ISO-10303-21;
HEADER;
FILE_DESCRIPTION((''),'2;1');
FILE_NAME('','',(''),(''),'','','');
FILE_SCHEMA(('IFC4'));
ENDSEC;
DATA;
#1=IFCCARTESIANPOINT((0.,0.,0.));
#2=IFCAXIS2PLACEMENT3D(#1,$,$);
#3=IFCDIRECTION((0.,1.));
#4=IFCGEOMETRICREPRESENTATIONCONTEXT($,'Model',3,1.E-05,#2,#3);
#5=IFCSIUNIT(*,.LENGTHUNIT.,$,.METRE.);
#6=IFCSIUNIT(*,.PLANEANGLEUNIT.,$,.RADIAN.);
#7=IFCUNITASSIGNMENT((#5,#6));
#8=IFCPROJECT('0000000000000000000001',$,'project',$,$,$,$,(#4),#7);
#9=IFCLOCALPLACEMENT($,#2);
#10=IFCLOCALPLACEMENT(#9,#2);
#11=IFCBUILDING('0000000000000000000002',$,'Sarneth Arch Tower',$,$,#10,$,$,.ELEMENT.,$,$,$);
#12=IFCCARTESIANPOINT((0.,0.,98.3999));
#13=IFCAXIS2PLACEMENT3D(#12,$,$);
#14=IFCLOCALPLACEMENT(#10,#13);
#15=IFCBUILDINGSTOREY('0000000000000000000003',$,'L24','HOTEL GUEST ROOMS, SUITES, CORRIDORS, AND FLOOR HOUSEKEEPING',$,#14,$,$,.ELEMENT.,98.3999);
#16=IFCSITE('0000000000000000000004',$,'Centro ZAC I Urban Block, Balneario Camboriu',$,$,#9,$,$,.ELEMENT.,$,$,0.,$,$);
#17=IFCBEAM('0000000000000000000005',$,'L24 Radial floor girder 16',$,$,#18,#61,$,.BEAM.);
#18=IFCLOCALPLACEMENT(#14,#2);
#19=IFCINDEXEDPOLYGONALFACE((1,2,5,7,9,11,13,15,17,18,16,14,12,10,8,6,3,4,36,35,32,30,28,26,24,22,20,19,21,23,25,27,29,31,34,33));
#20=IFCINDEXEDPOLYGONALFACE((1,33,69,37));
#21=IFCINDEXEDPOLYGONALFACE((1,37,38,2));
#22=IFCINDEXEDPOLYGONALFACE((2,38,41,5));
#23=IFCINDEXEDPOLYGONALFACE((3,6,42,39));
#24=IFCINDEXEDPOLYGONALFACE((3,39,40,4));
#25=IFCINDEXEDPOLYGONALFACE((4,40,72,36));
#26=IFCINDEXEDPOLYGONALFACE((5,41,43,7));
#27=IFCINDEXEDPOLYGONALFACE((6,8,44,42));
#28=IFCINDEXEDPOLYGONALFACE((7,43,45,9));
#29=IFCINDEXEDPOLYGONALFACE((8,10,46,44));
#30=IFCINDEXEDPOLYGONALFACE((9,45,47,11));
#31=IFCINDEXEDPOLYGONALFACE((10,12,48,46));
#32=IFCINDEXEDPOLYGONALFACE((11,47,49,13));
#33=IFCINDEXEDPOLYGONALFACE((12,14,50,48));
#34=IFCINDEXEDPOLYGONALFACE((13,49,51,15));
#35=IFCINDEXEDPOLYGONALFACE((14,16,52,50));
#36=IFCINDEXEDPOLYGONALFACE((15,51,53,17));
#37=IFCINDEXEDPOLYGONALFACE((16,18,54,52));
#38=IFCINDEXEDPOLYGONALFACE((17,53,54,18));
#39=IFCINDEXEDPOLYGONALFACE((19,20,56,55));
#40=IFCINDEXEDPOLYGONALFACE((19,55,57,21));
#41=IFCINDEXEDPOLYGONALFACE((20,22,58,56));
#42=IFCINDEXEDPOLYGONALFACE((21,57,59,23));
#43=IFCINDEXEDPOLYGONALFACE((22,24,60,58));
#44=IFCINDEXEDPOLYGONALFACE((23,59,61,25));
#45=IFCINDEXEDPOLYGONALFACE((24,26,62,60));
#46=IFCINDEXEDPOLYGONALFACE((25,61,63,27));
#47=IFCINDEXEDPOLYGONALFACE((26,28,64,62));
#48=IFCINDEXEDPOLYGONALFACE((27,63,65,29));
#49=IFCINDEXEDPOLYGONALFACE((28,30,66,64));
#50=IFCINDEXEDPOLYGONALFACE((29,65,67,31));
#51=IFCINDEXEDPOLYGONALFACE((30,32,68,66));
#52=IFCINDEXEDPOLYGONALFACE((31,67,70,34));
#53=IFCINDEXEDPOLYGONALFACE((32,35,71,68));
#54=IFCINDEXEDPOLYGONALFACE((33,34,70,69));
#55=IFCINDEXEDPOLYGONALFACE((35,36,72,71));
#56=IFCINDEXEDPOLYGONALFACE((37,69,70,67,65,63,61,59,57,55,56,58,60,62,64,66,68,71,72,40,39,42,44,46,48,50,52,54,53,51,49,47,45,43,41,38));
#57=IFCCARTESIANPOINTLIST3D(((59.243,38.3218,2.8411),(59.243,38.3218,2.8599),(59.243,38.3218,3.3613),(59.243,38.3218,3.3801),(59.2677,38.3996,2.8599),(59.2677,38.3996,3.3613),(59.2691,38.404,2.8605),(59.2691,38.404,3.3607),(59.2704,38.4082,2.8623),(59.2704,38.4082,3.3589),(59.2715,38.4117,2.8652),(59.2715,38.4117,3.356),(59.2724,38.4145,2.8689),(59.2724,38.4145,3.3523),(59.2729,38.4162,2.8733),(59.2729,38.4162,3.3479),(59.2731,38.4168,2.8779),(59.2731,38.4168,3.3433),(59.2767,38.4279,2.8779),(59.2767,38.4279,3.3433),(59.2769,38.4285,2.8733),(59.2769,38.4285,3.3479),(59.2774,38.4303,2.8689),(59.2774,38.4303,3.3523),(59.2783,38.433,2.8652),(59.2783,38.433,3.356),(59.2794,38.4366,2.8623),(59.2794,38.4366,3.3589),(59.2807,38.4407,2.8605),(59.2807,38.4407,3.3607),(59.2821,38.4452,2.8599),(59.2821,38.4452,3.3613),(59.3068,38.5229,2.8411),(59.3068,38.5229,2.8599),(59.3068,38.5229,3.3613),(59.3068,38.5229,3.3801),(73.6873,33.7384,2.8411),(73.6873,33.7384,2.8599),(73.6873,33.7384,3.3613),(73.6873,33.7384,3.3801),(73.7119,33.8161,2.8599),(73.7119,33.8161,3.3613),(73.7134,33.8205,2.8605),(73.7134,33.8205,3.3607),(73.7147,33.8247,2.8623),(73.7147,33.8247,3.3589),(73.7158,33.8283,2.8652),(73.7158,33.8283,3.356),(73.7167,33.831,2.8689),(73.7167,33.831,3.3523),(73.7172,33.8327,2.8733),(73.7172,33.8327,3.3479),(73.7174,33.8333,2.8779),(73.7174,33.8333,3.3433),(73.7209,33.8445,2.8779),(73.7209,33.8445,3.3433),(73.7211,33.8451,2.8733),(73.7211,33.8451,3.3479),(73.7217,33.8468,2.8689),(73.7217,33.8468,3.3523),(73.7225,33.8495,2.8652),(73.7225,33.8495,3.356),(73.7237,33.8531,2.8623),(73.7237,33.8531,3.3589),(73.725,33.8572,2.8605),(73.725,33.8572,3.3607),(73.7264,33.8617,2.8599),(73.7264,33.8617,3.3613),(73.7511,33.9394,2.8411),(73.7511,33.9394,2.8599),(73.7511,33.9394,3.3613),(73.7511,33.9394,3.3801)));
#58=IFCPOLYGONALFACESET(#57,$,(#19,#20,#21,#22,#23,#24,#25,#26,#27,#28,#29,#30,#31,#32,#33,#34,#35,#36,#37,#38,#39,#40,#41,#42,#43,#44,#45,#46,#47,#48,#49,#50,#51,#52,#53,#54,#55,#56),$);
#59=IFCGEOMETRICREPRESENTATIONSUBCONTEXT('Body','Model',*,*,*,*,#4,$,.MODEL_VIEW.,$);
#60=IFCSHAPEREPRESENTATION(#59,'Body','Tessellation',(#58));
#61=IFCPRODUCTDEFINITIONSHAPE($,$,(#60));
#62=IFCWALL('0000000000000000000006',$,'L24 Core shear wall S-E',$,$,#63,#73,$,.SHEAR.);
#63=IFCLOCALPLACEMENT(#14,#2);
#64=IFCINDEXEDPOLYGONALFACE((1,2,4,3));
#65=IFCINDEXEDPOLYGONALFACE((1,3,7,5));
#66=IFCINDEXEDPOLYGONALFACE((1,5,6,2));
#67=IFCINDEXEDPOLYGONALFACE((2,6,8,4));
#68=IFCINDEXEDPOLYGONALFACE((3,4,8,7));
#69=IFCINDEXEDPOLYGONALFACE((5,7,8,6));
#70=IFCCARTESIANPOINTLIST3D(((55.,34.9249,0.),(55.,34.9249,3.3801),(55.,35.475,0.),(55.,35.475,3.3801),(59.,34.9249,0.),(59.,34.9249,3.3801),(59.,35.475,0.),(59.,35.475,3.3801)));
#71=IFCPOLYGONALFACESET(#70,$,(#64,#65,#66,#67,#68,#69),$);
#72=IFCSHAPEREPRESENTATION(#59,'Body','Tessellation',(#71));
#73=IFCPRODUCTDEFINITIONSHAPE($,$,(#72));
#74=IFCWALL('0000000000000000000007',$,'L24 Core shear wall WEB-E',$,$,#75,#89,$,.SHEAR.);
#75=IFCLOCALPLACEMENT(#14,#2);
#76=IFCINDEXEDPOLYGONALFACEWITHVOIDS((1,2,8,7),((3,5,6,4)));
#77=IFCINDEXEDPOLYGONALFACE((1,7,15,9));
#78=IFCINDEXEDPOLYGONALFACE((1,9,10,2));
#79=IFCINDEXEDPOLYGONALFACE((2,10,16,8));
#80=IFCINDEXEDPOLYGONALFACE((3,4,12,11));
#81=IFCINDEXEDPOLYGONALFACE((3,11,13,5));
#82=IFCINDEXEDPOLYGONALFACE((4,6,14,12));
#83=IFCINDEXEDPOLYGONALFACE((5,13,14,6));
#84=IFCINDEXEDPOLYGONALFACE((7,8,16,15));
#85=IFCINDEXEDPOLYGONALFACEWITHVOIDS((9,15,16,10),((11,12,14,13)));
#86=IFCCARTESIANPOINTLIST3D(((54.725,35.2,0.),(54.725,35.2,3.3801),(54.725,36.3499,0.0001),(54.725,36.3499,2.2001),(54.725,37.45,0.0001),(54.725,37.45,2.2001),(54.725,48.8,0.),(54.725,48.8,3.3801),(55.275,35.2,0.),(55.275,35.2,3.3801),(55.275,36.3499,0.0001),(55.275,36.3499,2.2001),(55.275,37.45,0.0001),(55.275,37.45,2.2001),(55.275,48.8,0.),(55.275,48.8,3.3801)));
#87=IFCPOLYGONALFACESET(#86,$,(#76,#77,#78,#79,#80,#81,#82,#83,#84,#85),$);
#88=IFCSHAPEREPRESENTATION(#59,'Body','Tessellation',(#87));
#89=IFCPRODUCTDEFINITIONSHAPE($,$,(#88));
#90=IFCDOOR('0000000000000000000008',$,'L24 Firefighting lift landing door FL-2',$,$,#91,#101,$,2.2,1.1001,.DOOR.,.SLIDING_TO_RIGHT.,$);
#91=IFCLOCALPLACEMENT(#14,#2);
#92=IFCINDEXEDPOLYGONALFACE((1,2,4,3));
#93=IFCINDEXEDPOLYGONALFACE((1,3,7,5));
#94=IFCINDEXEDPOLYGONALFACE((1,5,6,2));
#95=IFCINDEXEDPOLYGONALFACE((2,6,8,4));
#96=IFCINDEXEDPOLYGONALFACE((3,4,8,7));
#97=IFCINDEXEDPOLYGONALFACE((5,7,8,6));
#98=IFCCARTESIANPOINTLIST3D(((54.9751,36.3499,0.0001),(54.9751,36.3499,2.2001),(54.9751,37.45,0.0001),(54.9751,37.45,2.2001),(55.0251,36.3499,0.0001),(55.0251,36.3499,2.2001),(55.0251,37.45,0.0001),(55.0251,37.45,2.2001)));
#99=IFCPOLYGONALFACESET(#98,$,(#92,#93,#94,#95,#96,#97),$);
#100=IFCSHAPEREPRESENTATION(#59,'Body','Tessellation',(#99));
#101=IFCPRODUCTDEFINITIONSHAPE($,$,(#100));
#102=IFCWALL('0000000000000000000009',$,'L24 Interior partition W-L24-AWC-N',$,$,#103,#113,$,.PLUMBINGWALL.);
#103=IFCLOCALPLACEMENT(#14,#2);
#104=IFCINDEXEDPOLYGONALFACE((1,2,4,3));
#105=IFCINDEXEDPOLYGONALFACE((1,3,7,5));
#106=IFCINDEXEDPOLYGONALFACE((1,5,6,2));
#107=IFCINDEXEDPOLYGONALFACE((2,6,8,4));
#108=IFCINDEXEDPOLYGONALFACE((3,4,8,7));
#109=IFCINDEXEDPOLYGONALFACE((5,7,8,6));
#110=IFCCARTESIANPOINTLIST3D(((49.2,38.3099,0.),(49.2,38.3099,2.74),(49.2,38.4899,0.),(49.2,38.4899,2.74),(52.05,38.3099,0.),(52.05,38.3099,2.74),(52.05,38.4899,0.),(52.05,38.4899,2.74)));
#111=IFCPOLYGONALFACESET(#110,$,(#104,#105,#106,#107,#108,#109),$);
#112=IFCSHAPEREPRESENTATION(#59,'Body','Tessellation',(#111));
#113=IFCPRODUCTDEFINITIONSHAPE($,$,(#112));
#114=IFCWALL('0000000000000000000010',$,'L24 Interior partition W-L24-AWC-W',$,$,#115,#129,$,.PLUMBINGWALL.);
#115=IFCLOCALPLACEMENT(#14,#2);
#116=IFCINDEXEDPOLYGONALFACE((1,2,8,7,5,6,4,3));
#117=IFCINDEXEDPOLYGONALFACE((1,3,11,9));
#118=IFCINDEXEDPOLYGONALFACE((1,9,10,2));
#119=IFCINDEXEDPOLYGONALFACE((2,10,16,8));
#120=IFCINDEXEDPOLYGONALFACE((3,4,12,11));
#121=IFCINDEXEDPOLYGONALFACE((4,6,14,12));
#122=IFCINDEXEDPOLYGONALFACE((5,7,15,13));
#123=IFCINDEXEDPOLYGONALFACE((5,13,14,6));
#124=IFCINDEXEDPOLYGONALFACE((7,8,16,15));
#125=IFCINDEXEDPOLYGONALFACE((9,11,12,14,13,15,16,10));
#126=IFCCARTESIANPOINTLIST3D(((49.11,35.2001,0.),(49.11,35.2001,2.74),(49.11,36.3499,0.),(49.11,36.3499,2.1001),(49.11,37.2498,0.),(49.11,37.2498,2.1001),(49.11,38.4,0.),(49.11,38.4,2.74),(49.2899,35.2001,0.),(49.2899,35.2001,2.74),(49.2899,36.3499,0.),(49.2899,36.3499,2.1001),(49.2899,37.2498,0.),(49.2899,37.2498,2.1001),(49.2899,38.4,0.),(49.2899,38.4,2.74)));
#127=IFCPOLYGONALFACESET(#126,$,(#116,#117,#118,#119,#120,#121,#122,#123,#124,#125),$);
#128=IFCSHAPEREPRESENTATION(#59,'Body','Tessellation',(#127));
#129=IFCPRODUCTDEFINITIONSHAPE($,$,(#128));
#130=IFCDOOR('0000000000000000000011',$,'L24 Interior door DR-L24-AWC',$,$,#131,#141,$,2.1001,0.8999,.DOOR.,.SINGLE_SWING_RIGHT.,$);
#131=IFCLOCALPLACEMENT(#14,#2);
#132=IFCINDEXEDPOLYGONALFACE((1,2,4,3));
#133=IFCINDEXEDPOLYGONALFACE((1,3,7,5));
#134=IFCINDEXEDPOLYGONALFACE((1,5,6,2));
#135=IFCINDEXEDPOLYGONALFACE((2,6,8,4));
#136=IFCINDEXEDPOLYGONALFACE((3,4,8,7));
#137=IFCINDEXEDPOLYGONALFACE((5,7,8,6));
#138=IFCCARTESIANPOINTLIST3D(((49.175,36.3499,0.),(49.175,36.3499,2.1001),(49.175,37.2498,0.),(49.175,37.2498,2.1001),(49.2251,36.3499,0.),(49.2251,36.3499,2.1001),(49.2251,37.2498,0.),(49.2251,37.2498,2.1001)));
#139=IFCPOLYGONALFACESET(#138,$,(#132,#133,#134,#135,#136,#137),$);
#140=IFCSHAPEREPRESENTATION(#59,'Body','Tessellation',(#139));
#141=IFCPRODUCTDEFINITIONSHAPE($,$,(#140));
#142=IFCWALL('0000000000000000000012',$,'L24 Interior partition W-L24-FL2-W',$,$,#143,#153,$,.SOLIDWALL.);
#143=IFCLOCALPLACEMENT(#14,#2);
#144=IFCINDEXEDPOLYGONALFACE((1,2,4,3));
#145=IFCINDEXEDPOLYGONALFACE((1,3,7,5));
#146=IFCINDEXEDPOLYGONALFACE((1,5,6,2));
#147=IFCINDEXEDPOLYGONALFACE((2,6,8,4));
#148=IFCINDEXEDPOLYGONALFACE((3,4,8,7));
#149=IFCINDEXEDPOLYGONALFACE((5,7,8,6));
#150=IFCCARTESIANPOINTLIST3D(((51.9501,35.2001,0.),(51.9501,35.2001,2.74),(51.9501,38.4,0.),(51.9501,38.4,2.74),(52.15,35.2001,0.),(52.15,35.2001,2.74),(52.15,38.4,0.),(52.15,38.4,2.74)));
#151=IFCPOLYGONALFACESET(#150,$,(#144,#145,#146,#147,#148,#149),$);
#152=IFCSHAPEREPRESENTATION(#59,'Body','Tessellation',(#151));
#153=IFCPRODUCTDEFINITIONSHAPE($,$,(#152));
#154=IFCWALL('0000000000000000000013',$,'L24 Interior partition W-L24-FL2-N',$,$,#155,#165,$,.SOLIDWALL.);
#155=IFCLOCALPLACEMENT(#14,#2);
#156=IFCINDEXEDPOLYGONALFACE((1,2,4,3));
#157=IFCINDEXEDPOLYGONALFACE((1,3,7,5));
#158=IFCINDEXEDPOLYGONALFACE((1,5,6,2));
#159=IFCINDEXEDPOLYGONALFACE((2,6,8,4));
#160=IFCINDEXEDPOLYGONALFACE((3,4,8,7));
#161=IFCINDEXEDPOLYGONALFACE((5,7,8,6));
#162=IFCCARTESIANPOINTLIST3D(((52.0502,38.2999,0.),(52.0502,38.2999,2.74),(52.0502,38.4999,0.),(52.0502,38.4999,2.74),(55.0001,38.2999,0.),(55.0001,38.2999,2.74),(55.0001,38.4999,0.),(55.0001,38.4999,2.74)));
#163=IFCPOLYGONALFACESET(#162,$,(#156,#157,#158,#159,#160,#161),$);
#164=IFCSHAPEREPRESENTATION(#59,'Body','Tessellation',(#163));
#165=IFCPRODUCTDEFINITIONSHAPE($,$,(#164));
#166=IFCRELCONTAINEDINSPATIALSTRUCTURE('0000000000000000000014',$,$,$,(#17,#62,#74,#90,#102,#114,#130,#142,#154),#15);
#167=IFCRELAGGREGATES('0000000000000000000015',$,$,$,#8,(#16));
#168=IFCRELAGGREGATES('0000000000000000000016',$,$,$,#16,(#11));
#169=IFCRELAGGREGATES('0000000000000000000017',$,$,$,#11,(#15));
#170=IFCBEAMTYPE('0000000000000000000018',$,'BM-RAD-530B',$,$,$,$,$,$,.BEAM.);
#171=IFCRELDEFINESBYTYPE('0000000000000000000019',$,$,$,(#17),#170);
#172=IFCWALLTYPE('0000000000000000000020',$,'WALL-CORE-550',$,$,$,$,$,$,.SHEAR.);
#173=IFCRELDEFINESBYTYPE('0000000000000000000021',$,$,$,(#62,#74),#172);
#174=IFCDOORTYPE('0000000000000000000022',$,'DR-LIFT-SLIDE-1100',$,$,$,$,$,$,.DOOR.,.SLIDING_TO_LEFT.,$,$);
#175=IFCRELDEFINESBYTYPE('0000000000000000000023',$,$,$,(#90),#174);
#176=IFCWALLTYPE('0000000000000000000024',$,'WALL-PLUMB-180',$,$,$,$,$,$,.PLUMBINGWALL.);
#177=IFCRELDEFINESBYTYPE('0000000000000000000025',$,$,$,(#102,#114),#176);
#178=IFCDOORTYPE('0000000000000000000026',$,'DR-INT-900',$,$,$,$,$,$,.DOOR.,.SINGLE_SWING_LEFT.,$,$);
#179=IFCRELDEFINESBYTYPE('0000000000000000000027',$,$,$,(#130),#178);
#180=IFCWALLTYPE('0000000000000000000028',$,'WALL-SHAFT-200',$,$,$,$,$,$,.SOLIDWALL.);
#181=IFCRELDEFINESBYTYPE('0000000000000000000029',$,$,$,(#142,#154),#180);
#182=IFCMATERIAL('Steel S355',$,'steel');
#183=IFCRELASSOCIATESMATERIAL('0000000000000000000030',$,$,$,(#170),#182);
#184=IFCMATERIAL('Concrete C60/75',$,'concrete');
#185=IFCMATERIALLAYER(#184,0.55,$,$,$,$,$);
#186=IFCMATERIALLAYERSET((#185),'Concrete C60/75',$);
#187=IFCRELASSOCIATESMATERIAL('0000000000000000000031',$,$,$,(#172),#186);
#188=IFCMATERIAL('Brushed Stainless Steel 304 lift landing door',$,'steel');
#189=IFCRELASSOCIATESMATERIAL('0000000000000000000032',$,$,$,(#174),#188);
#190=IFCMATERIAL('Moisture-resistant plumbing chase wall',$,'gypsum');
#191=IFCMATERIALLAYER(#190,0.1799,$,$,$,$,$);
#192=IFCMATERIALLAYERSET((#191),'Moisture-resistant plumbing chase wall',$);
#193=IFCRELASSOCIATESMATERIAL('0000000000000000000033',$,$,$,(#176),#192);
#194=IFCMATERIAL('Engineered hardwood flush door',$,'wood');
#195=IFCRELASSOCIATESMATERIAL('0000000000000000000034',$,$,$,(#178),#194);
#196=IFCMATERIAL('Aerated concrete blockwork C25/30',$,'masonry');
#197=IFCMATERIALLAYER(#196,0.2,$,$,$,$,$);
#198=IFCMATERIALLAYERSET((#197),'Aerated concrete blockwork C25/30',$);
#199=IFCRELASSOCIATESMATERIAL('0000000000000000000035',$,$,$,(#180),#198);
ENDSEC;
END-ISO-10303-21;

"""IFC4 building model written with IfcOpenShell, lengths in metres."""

from ifc_helpers import new_model, si_unit, direction, frame, frame_2d, origin, origin_2d, place, context, subcontext, project, spatial, rectangle, i_section, extrude, material, layer, layer_set, material_profile, profile_set, type_object, element, fill, save


model = new_model("IFC4")

# Units and contexts
model_context = context("Model", 3, precision=1e-05, world=origin(), true_north=direction((0.0, 1.0)))
body_context = subcontext(model_context, "Body", "Model", "MODEL_VIEW")
ifc_project = project(units=[si_unit("LENGTHUNIT", "METRE"), si_unit("PLANEANGLEUNIT", "RADIAN")], contexts=[model_context])

# Site, building, storey
site_placement = place(None, origin())
site = spatial("IfcSite", under=ifc_project, at=site_placement, Name="Centro ZAC I Urban Block, Balneario Camboriu", CompositionType="ELEMENT", RefElevation=0.0)
building_placement = place(site_placement, origin())
building = spatial("IfcBuilding", under=site, at=building_placement, Name="Sarneth Arch Tower", CompositionType="ELEMENT")
storey_placement = place(building_placement, frame((0.0, 0.0, 98.3999)))
storey = spatial("IfcBuildingStorey", under=building, at=storey_placement, Name="L24", Description="HOTEL GUEST ROOMS, SUITES, CORRIDORS, AND FLOOR HOUSEKEEPING", CompositionType="ELEMENT", Elevation=98.3999)

# Beam
ifc_material_1 = material(Name="Steel S355", Category="steel")
ifc_material_profile_1 = material_profile(ifc_material_1, i_section(OverallWidth=0.2109, OverallDepth=0.5391, WebThickness=0.0117, FlangeThickness=0.0188, FilletRadius=0.0181, at=origin_2d()), Name="W530x109")
ifc_profile_set_1 = profile_set([ifc_material_profile_1], Name="Steel S355")
beam_type_1 = type_object("IfcBeamType", Name="BM-RAD-530B", PredefinedType="BEAM", material=ifc_profile_set_1)
beam_1_placement = place(storey_placement, frame((59.2749, 38.4224, 3.1106), z_axis=(0.953162, -0.302459, 0.0), x_axis=(0.302459, 0.953162, 0.0)))
element("IfcBeam", 1, at=beam_1_placement, inside=storey, type_object=beam_type_1, Name="L24 Radial floor girder 16", PredefinedType="BEAM", context=body_context, shape_type="SweptSolid", body=[
    extrude(i_section(OverallWidth=0.2109, OverallDepth=0.5391, WebThickness=0.0117, FlangeThickness=0.0188, FilletRadius=0.0181, at=origin_2d()), origin(), (0.0, 0.0, 1.0), 15.1541),
])

# Wall
ifc_material_2 = material(Name="Concrete C60/75", Category="concrete")
ifc_layer_1 = layer(ifc_material_2, 0.55)
ifc_layer_set_1 = layer_set([ifc_layer_1], Name="Concrete C60/75")
wall_type_1 = type_object("IfcWallType", Name="WALL-CORE-550", PredefinedType="SHEAR", material=ifc_layer_set_1)
wall_1_placement = place(storey_placement, frame((55.0, 35.2, 0.0), z_axis=(0.0, 0.0, 1.0), x_axis=(1.0, 0.0, 0.0)))
element("IfcWall", 2, at=wall_1_placement, inside=storey, type_object=wall_type_1, Name="L24 Core shear wall S-E", PredefinedType="SHEAR", context=body_context, shape_type="SweptSolid", body=[
    extrude(rectangle(XDim=4.0, YDim=0.55, at=frame_2d((2.0, 0.0))), origin(), (0.0, 0.0, 1.0), 3.3801),
])

# Wall, opening, door
wall_2_placement = place(storey_placement, frame((55.0, 35.2, 0.0), z_axis=(0.0, 0.0, 1.0), x_axis=(0.0, 1.0, 0.0)))
wall_2 = element("IfcWall", 3, at=wall_2_placement, inside=storey, type_object=wall_type_1, Name="L24 Core shear wall WEB-E", PredefinedType="SHEAR", context=body_context, shape_type="SweptSolid", body=[
    extrude(rectangle(XDim=13.6001, YDim=0.55, at=frame_2d((6.8, 0.0))), origin(), (0.0, 0.0, 1.0), 3.3801),
])
opening_1_placement = place(wall_2_placement, frame((1.1499, 0.0, 0.0)))
opening_1 = element("IfcOpeningElement", 4, at=opening_1_placement, cuts=wall_2, PredefinedType="OPENING", context=body_context, shape_type="SweptSolid", body=[
    extrude(rectangle(XDim=1.1001, YDim=2.2, at=frame_2d((0.55, 1.1001))), frame((0.0, 0.2849, 0.0), z_axis=(0.0, -1.0, 0.0), x_axis=(1.0, 0.0, 0.0)), (0.0, 0.0, 1.0), 0.5701),
])
ifc_material_3 = material(Name="Brushed Stainless Steel 304 lift landing door", Category="steel")
door_type_1 = type_object("IfcDoorType", Name="DR-LIFT-SLIDE-1100", OperationType="SLIDING_TO_LEFT", PredefinedType="DOOR", material=ifc_material_3)
door_1_placement = place(opening_1_placement, origin())
door_1 = element("IfcDoor", 5, at=door_1_placement, inside=storey, type_object=door_type_1, Name="L24 Firefighting lift landing door FL-2", OperationType="SLIDING_TO_RIGHT", OverallHeight=2.2, OverallWidth=1.1001, PredefinedType="DOOR", context=body_context, shape_type="SweptSolid", body=[
    extrude(rectangle(XDim=1.1001, YDim=2.2, at=frame_2d((0.55, 1.1001))), frame((0.0, 0.0249, 0.0), z_axis=(0.0, -1.0, 0.0), x_axis=(1.0, 0.0, 0.0)), (0.0, 0.0, 1.0), 0.05),
])
fill(opening_1, door_1)

# Wall
ifc_material_4 = material(Name="Moisture-resistant plumbing chase wall", Category="gypsum")
ifc_layer_2 = layer(ifc_material_4, 0.1799)
ifc_layer_set_2 = layer_set([ifc_layer_2], Name="Moisture-resistant plumbing chase wall")
wall_type_2 = type_object("IfcWallType", Name="WALL-PLUMB-180", PredefinedType="PLUMBINGWALL", material=ifc_layer_set_2)
wall_3_placement = place(storey_placement, frame((49.2, 38.3999, 0.0), z_axis=(0.0, 0.0, 1.0), x_axis=(1.0, 0.0, 0.0)))
element("IfcWall", 6, at=wall_3_placement, inside=storey, type_object=wall_type_2, Name="L24 Interior partition W-L24-AWC-N", PredefinedType="PLUMBINGWALL", context=body_context, shape_type="SweptSolid", body=[
    extrude(rectangle(XDim=2.8501, YDim=0.1799, at=frame_2d((1.425, 0.0))), origin(), (0.0, 0.0, 1.0), 2.74),
])

# Wall, opening, door
wall_4_placement = place(storey_placement, frame((49.2, 35.2, 0.0), z_axis=(0.0, 0.0, 1.0), x_axis=(0.0, 1.0, 0.0)))
wall_4 = element("IfcWall", 7, at=wall_4_placement, inside=storey, type_object=wall_type_2, Name="L24 Interior partition W-L24-AWC-W", PredefinedType="PLUMBINGWALL", context=body_context, shape_type="SweptSolid", body=[
    extrude(rectangle(XDim=3.2, YDim=0.1799, at=frame_2d((1.6001, 0.0))), origin(), (0.0, 0.0, 1.0), 2.74),
])
opening_2_placement = place(wall_4_placement, frame((1.1499, 0.0, 0.0)))
opening_2 = element("IfcOpeningElement", 8, at=opening_2_placement, cuts=wall_4, PredefinedType="OPENING", context=body_context, shape_type="SweptSolid", body=[
    extrude(rectangle(XDim=0.8999, YDim=2.1001, at=frame_2d((0.45, 1.05))), frame((0.0, 0.0999, 0.0), z_axis=(0.0, -1.0, 0.0), x_axis=(1.0, 0.0, 0.0)), (0.0, 0.0, 1.0), 0.2),
])
ifc_material_5 = material(Name="Engineered hardwood flush door", Category="wood")
door_type_2 = type_object("IfcDoorType", Name="DR-INT-900", OperationType="SINGLE_SWING_LEFT", PredefinedType="DOOR", material=ifc_material_5)
door_2_placement = place(opening_2_placement, origin())
door_2 = element("IfcDoor", 9, at=door_2_placement, inside=storey, type_object=door_type_2, Name="L24 Interior door DR-L24-AWC", OperationType="SINGLE_SWING_RIGHT", OverallHeight=2.1001, OverallWidth=0.8999, PredefinedType="DOOR", context=body_context, shape_type="SweptSolid", body=[
    extrude(rectangle(XDim=0.8999, YDim=2.1001, at=frame_2d((0.45, 1.05))), frame((0.0, 0.0249, 0.0), z_axis=(0.0, -1.0, 0.0), x_axis=(1.0, 0.0, 0.0)), (0.0, 0.0, 1.0), 0.05),
])
fill(opening_2, door_2)
ifc_material_6 = material(Name="Aerated concrete blockwork C25/30", Category="masonry")
ifc_layer_3 = layer(ifc_material_6, 0.2)
ifc_layer_set_3 = layer_set([ifc_layer_3], Name="Aerated concrete blockwork C25/30")
wall_type_3 = type_object("IfcWallType", Name="WALL-SHAFT-200", PredefinedType="SOLIDWALL", material=ifc_layer_set_3)

# Walls
wall_5_placement = place(storey_placement, frame((52.05, 35.2, 0.0), z_axis=(0.0, 0.0, 1.0), x_axis=(0.0, 1.0, 0.0)))
element("IfcWall", 10, at=wall_5_placement, inside=storey, type_object=wall_type_3, Name="L24 Interior partition W-L24-FL2-W", PredefinedType="SOLIDWALL", context=body_context, shape_type="SweptSolid", body=[
    extrude(rectangle(XDim=3.2, YDim=0.2, at=frame_2d((1.6001, 0.0))), origin(), (0.0, 0.0, 1.0), 2.74),
])
wall_6_placement = place(storey_placement, frame((52.05, 38.3999, 0.0), z_axis=(0.0, 0.0, 1.0), x_axis=(1.0, 0.0, 0.0)))
element("IfcWall", 11, at=wall_6_placement, inside=storey, type_object=wall_type_3, Name="L24 Interior partition W-L24-FL2-N", PredefinedType="SOLIDWALL", context=body_context, shape_type="SweptSolid", body=[
    extrude(rectangle(XDim=2.95, YDim=0.2, at=frame_2d((1.4751, 0.0))), origin(), (0.0, 0.0, 1.0), 2.74),
])

save(model, "model.ifc")
